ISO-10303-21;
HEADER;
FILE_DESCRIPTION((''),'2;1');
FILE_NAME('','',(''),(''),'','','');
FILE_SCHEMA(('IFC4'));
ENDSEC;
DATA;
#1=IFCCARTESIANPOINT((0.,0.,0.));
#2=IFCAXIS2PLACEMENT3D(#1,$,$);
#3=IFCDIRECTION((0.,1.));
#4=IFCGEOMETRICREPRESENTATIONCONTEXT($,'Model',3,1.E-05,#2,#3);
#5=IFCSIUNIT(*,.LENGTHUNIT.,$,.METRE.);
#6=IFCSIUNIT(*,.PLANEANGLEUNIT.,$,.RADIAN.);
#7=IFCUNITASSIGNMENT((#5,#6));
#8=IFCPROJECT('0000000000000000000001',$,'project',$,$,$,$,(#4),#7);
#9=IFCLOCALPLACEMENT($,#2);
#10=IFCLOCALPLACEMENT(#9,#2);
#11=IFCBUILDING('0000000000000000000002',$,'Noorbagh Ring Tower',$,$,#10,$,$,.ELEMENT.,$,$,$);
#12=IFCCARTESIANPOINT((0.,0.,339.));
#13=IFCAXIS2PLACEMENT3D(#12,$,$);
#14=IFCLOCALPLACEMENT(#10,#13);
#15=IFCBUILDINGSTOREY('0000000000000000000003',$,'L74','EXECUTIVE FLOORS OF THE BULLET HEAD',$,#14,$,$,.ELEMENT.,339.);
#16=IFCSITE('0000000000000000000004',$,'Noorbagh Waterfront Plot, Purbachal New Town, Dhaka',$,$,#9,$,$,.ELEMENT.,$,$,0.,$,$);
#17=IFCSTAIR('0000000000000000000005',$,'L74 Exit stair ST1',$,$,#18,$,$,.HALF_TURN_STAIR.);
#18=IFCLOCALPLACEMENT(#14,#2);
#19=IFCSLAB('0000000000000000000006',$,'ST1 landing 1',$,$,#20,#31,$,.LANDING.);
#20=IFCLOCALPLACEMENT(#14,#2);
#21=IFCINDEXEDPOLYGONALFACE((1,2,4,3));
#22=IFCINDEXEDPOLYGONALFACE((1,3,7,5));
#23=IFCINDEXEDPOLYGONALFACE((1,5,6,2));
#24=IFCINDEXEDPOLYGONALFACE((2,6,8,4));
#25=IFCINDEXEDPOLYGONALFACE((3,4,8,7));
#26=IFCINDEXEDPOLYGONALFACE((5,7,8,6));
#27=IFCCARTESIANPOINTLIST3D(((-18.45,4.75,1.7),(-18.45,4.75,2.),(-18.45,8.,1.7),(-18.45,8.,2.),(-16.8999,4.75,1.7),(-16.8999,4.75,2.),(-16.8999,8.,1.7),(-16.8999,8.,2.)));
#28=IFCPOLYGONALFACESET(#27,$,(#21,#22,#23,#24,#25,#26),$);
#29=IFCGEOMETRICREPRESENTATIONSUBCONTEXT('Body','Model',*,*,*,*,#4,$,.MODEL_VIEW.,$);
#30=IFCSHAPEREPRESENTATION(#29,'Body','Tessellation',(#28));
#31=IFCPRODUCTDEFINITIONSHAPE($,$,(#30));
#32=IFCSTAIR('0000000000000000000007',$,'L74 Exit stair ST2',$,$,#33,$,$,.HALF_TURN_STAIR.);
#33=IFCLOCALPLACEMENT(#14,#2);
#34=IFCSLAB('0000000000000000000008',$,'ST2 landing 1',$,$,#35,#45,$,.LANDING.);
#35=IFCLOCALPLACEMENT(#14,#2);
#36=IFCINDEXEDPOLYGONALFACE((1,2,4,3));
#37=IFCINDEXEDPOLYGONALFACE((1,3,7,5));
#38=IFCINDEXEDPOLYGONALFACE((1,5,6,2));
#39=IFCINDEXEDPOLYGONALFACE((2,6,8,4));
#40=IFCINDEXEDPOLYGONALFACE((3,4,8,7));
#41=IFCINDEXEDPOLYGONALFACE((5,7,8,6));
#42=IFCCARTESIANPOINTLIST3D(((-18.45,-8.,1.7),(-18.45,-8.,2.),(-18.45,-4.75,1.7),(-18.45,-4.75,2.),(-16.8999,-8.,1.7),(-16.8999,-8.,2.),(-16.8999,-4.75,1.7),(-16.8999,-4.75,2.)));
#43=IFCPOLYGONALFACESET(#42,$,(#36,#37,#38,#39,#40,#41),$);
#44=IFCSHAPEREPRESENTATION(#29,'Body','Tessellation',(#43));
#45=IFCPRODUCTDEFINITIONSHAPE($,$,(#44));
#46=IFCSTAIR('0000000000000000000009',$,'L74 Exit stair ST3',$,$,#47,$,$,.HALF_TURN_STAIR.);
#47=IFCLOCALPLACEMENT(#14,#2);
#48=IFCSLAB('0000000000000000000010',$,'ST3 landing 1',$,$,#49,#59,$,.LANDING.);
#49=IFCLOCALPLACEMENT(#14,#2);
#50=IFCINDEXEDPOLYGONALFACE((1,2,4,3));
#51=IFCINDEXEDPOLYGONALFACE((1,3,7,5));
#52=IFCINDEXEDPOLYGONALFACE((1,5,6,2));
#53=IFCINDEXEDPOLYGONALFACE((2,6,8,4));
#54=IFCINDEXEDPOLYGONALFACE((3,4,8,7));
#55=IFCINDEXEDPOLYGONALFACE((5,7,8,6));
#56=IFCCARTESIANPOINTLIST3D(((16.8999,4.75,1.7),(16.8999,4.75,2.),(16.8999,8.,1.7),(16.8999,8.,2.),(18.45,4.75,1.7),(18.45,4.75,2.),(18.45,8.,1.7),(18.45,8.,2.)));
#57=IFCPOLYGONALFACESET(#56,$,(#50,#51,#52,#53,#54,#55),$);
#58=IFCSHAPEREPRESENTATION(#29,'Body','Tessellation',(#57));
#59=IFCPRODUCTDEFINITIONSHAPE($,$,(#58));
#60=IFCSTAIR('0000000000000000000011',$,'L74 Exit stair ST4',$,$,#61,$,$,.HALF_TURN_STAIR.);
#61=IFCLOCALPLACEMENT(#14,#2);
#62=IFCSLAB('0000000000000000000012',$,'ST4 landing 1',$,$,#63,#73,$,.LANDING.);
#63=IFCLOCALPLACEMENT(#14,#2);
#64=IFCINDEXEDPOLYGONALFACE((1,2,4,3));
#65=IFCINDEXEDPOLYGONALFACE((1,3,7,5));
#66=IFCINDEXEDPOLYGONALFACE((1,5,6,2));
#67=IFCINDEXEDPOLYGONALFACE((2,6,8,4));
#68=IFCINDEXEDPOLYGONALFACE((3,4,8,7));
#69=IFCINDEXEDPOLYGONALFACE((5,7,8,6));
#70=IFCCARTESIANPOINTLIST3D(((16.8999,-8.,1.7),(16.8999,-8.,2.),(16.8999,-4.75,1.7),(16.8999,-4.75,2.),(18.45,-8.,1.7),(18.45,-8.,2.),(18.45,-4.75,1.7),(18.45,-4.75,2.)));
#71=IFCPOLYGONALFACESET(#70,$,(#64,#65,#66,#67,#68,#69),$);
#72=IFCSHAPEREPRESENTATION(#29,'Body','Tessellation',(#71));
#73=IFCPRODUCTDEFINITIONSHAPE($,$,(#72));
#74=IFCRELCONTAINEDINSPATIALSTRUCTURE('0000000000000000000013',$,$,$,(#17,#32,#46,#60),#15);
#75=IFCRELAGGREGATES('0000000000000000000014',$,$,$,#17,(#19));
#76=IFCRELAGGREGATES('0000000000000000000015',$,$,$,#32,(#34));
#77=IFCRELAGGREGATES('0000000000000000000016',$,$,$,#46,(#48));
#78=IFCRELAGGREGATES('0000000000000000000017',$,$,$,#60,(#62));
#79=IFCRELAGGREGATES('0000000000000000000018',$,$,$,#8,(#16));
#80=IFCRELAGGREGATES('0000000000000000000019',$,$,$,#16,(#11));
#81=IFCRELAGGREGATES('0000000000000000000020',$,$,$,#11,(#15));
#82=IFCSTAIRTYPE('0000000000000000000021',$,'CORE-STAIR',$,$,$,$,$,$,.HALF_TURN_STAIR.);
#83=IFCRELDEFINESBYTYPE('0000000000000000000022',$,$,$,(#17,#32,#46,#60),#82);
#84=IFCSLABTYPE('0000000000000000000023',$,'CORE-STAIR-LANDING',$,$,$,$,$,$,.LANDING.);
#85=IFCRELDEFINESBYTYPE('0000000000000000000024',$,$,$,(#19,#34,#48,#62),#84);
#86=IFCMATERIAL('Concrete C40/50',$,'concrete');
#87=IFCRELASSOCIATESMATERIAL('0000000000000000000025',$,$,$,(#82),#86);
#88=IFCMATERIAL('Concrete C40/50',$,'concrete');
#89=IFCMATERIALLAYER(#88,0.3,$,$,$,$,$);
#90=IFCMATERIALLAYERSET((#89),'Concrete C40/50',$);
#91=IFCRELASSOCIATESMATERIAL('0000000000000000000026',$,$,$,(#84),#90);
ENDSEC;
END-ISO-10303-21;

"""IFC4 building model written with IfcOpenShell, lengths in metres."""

from ifc_helpers import new_model, si_unit, direction, frame, origin, place, context, subcontext, project, spatial, polyline, outline, extrude, material, layer, layer_set, type_object, element, aggregate, save


model = new_model("IFC4")

# Units and contexts
model_context = context("Model", 3, precision=1e-05, world=origin(), true_north=direction((0.0, 1.0)))
body_context = subcontext(model_context, "Body", "Model", "MODEL_VIEW")
ifc_project = project(units=[si_unit("LENGTHUNIT", "METRE"), si_unit("PLANEANGLEUNIT", "RADIAN")], contexts=[model_context])

# Site, building, storey
site_placement = place(None, origin())
building_placement = place(site_placement, origin())
storey_placement = place(building_placement, frame((0.0, 0.0, 339.0)))
site = spatial("IfcSite", under=ifc_project, at=site_placement, Name="Noorbagh Waterfront Plot, Purbachal New Town, Dhaka", CompositionType="ELEMENT", RefElevation=0.0)
building = spatial("IfcBuilding", under=site, at=building_placement, Name="Noorbagh Ring Tower", CompositionType="ELEMENT")
storey = spatial("IfcBuildingStorey", under=building, at=storey_placement, Name="L74", Description="EXECUTIVE FLOORS OF THE BULLET HEAD", CompositionType="ELEMENT", Elevation=339.0)

# Stairs, slabs
ifc_material_1 = material(Name="Concrete C40/50", Category="concrete")
stair_type = type_object("IfcStairType", Name="CORE-STAIR", PredefinedType="HALF_TURN_STAIR", material=ifc_material_1)
stair_1_placement = place(storey_placement, origin())
stair_1 = element("IfcStair", 1, at=stair_1_placement, inside=storey, type_object=stair_type, Name="L74 Exit stair ST1", PredefinedType="HALF_TURN_STAIR")
ifc_material_2 = material(Name="Concrete C40/50", Category="concrete")
ifc_layer_1 = layer(ifc_material_2, 0.3)
ifc_layer_set_1 = layer_set([ifc_layer_1], Name="Concrete C40/50")
slab_type_1 = type_object("IfcSlabType", Name="CORE-STAIR-LANDING", PredefinedType="LANDING", material=ifc_layer_set_1)
slab_1_placement = place(storey_placement, frame((0.0, 0.0, 1.7)))
slab_1 = element("IfcSlab", 2, at=slab_1_placement, type_object=slab_type_1, Name="ST1 landing 1", PredefinedType="LANDING", context=body_context, shape_type="SweptSolid", body=[
    extrude(outline(polyline([(-18.45, 4.75), (-16.8999, 4.75), (-16.8999, 8.0), (-18.45, 8.0), (-18.45, 4.75)])), origin(), (0.0, 0.0, 1.0), 0.3),
])
aggregate(stair_1, [slab_1])
stair_2_placement = place(storey_placement, origin())
stair_2 = element("IfcStair", 3, at=stair_2_placement, inside=storey, type_object=stair_type, Name="L74 Exit stair ST2", PredefinedType="HALF_TURN_STAIR")
slab_2_placement = place(storey_placement, frame((0.0, 0.0, 1.7)))
slab_2 = element("IfcSlab", 4, at=slab_2_placement, type_object=slab_type_1, Name="ST2 landing 1", PredefinedType="LANDING", context=body_context, shape_type="SweptSolid", body=[
    extrude(outline(polyline([(-18.45, -8.0), (-16.8999, -8.0), (-16.8999, -4.75), (-18.45, -4.75), (-18.45, -8.0)])), origin(), (0.0, 0.0, 1.0), 0.3),
])
aggregate(stair_2, [slab_2])
stair_3_placement = place(storey_placement, origin())
stair_3 = element("IfcStair", 5, at=stair_3_placement, inside=storey, type_object=stair_type, Name="L74 Exit stair ST3", PredefinedType="HALF_TURN_STAIR")
slab_3_placement = place(storey_placement, frame((0.0, 0.0, 1.7)))
slab_3 = element("IfcSlab", 6, at=slab_3_placement, type_object=slab_type_1, Name="ST3 landing 1", PredefinedType="LANDING", context=body_context, shape_type="SweptSolid", body=[
    extrude(outline(polyline([(18.45, 8.0), (16.8999, 8.0), (16.8999, 4.75), (18.45, 4.75), (18.45, 8.0)])), origin(), (0.0, 0.0, 1.0), 0.3),
])
aggregate(stair_3, [slab_3])
stair_4_placement = place(storey_placement, origin())
stair_4 = element("IfcStair", 7, at=stair_4_placement, inside=storey, type_object=stair_type, Name="L74 Exit stair ST4", PredefinedType="HALF_TURN_STAIR")
slab_4_placement = place(storey_placement, frame((0.0, 0.0, 1.7)))
slab_4 = element("IfcSlab", 8, at=slab_4_placement, type_object=slab_type_1, Name="ST4 landing 1", PredefinedType="LANDING", context=body_context, shape_type="SweptSolid", body=[
    extrude(outline(polyline([(18.45, -4.75), (16.8999, -4.75), (16.8999, -8.0), (18.45, -8.0), (18.45, -4.75)])), origin(), (0.0, 0.0, 1.0), 0.3),
])
aggregate(stair_4, [slab_4])

save(model, "model.ifc")
